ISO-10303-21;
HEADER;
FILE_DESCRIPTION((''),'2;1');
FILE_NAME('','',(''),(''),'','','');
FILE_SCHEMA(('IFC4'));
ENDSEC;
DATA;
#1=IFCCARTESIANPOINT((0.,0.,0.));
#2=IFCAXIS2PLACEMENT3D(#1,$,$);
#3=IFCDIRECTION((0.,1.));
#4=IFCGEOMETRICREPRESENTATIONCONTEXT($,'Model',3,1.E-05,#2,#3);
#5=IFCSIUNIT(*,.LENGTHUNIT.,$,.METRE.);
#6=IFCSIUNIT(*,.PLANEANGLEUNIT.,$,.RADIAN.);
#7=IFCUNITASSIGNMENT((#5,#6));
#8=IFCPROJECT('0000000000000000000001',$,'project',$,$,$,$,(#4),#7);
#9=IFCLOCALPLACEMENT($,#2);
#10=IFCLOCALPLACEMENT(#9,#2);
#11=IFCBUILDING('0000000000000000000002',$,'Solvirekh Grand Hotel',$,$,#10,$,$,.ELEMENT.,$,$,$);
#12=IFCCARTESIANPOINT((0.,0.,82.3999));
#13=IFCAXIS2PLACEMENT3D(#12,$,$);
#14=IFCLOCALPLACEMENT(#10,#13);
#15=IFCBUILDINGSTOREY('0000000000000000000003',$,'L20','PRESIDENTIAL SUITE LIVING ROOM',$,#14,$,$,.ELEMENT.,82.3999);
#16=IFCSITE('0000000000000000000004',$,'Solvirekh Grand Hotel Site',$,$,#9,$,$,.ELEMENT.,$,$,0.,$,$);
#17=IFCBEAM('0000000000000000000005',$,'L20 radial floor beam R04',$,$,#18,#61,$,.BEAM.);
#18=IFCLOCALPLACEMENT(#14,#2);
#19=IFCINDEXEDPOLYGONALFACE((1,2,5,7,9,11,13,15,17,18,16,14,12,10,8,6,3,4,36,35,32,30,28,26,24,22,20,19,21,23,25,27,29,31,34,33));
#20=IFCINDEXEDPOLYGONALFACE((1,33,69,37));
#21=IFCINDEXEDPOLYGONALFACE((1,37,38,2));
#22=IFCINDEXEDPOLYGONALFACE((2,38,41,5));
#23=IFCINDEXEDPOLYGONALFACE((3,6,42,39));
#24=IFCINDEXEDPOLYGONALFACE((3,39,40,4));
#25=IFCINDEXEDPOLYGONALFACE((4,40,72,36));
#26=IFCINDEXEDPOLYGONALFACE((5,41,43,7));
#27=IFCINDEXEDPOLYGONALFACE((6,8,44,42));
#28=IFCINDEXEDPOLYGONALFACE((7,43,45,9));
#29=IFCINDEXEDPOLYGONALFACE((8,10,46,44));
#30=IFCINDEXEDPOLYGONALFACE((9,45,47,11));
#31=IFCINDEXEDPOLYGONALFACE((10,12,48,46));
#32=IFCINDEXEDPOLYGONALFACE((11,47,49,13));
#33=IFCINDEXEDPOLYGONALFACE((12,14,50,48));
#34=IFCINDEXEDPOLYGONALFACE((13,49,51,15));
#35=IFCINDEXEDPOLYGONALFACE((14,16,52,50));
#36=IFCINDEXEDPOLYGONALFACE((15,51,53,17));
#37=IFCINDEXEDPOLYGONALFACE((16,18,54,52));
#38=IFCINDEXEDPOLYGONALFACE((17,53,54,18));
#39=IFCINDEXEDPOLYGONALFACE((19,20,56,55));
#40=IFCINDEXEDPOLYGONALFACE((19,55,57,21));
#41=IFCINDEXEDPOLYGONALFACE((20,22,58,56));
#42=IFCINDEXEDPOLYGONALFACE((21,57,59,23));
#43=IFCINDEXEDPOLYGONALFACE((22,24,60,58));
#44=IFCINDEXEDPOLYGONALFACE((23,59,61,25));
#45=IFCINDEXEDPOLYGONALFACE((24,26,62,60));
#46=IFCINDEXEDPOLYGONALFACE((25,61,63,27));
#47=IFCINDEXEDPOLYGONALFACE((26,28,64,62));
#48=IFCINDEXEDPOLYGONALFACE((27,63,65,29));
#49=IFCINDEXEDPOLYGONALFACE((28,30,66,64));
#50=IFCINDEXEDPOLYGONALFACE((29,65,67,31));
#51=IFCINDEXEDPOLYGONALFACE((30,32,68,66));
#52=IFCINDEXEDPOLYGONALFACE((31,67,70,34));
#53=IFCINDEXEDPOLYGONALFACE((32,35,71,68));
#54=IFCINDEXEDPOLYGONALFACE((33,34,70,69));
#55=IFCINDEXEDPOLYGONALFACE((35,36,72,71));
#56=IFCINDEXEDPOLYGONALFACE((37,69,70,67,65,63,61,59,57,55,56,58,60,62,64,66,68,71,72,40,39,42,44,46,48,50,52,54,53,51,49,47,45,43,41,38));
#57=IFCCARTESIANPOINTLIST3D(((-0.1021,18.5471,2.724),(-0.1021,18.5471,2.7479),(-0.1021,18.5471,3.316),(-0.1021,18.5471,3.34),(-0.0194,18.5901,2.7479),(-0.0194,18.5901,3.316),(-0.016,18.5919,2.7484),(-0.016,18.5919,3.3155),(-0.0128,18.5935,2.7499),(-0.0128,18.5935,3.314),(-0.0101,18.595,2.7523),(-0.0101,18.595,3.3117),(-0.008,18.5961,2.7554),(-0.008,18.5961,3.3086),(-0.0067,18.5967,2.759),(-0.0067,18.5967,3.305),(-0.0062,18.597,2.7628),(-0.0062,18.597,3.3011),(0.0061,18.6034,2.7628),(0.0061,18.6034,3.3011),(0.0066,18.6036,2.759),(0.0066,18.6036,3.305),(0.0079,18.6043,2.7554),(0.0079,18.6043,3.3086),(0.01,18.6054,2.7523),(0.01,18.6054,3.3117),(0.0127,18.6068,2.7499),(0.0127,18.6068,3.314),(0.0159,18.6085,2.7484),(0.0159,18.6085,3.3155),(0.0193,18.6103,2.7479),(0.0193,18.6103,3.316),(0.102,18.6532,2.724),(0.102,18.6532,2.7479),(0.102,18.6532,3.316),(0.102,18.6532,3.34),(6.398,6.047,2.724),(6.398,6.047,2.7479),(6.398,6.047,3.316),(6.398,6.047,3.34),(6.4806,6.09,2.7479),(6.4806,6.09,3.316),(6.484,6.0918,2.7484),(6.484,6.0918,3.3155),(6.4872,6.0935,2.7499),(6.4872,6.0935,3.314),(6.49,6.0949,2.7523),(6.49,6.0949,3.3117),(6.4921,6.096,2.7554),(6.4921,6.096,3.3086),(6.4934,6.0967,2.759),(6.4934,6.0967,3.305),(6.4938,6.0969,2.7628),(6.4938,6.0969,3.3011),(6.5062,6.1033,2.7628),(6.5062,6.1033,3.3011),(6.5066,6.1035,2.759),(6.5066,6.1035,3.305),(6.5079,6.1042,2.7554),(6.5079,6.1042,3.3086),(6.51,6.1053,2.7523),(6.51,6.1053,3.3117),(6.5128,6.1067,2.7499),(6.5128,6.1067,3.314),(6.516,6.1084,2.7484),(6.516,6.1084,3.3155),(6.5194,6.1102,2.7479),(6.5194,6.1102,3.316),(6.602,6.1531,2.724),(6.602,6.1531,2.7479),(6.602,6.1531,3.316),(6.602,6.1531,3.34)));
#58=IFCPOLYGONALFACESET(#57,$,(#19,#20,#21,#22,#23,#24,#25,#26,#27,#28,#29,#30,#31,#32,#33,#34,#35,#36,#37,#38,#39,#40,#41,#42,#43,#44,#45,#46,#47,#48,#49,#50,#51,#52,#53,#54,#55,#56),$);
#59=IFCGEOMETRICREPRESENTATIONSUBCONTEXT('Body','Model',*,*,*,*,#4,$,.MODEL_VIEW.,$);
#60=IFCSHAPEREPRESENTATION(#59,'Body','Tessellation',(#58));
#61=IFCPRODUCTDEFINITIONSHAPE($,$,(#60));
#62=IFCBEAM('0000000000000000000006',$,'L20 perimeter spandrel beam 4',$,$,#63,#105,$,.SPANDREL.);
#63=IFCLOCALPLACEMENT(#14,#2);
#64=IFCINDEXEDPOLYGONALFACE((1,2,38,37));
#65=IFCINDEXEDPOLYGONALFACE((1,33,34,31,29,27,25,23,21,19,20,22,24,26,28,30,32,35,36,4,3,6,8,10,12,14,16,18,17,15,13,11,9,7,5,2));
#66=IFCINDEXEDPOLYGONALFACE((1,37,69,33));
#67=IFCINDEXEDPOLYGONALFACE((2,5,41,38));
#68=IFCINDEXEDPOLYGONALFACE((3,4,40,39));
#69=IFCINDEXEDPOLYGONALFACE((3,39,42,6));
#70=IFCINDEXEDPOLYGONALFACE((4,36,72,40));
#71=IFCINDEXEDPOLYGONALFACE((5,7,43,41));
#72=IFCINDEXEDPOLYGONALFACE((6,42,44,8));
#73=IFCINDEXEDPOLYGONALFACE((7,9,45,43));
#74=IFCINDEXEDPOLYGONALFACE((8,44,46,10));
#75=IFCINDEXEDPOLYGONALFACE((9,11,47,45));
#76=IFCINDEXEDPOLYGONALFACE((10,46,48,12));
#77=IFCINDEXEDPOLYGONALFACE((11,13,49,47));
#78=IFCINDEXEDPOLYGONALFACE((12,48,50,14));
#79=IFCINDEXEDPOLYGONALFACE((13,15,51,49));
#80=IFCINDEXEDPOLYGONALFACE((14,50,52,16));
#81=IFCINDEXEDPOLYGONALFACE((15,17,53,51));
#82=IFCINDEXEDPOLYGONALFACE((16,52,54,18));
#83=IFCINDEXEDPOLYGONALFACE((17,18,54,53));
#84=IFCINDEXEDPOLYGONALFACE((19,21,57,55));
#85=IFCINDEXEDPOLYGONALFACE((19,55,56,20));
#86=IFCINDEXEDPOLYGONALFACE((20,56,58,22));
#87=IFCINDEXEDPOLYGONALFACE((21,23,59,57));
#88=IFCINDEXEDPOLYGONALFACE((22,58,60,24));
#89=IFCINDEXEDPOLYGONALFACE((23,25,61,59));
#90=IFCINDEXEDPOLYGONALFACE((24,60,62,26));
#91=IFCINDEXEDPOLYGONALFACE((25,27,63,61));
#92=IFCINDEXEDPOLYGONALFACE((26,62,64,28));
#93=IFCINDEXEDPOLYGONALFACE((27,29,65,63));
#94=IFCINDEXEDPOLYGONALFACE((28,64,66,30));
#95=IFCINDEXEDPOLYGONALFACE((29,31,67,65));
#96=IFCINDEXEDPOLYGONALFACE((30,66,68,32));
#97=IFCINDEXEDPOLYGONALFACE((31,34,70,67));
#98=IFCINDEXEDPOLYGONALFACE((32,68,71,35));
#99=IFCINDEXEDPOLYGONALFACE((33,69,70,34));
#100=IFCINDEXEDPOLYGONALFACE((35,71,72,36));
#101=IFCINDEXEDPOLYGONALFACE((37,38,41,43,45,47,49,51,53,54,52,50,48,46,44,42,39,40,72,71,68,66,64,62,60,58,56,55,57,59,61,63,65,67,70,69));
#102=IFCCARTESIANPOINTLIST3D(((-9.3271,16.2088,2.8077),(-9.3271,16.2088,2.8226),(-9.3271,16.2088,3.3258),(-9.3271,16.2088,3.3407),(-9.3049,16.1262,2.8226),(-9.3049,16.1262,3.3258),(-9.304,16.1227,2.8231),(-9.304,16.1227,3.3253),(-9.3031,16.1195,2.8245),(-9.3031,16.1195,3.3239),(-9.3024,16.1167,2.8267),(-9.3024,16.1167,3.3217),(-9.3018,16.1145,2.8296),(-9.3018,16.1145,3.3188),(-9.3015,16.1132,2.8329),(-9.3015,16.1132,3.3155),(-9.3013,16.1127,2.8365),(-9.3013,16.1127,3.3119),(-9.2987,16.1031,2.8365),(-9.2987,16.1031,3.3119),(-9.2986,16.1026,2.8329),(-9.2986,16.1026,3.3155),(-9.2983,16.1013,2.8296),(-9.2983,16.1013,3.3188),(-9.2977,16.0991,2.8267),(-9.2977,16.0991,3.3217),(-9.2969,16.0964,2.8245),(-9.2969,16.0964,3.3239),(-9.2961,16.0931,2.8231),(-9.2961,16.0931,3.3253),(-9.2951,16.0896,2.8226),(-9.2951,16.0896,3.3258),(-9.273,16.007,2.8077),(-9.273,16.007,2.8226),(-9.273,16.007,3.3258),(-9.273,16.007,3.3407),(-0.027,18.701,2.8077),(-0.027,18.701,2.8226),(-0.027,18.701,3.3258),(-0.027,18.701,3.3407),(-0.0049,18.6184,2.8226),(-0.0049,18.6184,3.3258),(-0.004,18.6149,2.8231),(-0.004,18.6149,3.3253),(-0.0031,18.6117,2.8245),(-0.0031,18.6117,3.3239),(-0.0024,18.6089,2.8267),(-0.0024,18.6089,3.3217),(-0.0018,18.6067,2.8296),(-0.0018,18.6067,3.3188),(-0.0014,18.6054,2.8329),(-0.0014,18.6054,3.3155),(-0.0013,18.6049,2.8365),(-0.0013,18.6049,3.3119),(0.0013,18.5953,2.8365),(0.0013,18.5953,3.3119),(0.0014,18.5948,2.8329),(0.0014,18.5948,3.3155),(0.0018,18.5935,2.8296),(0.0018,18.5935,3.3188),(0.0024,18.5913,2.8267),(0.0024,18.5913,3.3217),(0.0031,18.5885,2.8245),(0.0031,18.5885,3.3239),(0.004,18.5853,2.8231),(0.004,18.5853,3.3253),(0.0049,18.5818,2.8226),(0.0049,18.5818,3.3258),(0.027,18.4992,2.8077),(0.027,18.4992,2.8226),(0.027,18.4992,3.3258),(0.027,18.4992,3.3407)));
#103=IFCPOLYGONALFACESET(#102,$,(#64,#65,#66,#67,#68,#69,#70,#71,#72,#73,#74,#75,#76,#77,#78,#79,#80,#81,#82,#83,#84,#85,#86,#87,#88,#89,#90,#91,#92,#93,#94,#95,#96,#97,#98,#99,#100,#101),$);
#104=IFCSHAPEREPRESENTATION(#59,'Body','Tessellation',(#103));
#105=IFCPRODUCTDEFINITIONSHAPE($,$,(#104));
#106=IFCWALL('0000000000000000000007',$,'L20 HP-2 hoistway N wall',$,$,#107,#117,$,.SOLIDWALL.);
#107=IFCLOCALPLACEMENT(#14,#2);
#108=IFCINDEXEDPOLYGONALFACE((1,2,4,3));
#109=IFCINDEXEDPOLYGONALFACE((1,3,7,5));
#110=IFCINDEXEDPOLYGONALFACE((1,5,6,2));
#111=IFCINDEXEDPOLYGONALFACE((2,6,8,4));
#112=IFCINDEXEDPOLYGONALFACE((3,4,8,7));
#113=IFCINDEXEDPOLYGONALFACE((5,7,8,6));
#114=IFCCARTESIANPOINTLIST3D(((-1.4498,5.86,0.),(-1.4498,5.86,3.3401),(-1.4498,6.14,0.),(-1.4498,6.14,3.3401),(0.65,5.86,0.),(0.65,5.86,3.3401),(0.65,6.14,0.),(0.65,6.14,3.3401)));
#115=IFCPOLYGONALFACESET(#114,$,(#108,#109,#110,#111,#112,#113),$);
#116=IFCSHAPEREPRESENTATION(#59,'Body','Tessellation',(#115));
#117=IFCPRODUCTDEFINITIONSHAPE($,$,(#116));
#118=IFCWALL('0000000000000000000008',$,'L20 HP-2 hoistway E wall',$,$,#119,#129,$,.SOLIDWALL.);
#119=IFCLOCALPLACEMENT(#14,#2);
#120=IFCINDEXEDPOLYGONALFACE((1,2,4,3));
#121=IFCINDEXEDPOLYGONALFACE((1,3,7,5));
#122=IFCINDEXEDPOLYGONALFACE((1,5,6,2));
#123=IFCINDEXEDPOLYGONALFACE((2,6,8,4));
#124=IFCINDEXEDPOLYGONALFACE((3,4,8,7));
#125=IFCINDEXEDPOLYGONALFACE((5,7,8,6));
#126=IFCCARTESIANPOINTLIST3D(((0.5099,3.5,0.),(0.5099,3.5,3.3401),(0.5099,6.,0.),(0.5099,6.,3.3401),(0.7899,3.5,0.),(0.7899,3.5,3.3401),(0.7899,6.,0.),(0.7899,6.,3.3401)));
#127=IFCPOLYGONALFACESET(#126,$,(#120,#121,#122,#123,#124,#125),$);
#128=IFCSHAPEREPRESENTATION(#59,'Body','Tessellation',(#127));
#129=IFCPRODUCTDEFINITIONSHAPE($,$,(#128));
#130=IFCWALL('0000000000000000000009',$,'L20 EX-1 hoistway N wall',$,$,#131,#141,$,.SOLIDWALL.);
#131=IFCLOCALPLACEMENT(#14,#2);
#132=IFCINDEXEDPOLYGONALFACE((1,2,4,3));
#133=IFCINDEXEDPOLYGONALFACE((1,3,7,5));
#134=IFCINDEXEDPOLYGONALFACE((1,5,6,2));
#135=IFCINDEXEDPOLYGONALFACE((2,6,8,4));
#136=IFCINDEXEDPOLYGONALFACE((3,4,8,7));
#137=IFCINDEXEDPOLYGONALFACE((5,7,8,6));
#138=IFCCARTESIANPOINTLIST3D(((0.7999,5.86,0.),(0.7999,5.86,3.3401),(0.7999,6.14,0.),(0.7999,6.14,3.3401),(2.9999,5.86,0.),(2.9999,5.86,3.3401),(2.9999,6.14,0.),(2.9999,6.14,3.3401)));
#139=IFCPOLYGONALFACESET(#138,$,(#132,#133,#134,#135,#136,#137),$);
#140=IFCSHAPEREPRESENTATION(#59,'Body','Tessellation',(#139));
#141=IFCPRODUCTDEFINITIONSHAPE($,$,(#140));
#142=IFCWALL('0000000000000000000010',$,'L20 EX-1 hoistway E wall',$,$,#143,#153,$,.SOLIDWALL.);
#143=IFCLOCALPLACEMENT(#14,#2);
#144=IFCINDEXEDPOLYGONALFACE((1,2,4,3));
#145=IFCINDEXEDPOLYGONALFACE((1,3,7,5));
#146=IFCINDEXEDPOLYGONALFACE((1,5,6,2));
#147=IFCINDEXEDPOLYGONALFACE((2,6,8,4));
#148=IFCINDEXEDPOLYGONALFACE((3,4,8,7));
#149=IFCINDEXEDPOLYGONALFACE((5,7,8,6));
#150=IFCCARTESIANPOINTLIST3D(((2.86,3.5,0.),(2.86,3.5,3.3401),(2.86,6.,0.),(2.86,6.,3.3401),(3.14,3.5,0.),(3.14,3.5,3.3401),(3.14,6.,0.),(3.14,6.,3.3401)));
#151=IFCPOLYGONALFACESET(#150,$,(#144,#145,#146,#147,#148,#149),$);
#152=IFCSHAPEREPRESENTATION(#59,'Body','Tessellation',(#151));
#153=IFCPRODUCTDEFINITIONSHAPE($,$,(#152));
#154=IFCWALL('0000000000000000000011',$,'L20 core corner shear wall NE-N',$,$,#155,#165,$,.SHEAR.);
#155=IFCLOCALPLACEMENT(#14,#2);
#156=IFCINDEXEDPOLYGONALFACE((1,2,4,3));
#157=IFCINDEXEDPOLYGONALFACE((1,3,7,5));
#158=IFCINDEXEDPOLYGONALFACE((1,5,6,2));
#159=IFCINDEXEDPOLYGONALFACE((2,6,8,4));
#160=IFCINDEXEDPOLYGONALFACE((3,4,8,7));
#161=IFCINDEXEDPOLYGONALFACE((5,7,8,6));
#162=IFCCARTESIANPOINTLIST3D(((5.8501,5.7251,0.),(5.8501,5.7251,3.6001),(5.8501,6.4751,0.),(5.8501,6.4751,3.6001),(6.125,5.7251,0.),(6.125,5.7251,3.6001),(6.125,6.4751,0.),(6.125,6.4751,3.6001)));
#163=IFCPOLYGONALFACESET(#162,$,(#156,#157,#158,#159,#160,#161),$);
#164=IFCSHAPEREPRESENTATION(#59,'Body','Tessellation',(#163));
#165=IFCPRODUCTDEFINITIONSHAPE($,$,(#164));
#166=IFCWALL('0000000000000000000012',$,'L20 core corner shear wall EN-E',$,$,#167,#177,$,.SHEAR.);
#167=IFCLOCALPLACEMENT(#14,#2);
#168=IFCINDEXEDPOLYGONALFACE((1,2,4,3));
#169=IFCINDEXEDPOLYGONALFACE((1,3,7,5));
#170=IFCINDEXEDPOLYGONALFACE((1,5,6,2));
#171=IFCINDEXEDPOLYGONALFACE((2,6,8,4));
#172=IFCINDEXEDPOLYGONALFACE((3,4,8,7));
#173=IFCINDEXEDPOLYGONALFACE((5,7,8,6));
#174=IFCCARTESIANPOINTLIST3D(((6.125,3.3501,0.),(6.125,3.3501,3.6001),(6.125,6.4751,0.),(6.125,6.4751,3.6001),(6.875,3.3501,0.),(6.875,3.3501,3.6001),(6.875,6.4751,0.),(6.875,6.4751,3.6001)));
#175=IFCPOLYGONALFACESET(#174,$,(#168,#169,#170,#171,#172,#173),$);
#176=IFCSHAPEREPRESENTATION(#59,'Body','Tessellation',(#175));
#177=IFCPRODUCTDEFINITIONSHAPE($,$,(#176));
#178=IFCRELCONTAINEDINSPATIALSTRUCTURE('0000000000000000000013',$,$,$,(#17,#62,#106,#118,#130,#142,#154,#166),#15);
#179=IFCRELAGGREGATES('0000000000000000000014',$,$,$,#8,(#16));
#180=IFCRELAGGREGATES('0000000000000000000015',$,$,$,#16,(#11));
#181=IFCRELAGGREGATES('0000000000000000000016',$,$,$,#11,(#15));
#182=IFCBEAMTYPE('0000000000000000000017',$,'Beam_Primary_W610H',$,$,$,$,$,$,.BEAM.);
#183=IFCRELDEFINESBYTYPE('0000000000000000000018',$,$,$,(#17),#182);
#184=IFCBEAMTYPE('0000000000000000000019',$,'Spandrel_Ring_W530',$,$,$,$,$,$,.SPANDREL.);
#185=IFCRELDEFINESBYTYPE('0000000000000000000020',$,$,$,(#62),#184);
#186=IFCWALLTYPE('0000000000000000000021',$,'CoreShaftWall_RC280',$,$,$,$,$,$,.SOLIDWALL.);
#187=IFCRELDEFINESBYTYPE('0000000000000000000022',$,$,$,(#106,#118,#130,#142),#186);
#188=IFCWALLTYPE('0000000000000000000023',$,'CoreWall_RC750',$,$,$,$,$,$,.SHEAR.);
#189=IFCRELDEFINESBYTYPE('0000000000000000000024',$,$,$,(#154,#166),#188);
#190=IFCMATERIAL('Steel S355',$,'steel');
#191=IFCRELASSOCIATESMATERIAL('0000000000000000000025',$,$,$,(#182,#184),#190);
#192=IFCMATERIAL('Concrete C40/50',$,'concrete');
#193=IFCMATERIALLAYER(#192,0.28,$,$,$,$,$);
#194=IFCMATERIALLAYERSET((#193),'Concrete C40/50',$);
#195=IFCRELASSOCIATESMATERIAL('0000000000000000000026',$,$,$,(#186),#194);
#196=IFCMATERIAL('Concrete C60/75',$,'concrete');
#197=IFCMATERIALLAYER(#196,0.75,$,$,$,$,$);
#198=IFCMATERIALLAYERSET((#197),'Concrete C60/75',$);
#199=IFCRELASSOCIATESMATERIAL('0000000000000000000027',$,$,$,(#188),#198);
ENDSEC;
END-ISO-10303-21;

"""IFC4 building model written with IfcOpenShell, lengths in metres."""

from ifc_helpers import new_model, si_unit, direction, frame, frame_2d, origin, origin_2d, place, context, subcontext, project, spatial, rectangle, i_section, extrude, material, layer, layer_set, material_profile, profile_set, type_object, element, save


model = new_model("IFC4")

# Units and contexts
model_context = context("Model", 3, precision=1e-05, world=origin(), true_north=direction((0.0, 1.0)))
body_context = subcontext(model_context, "Body", "Model", "MODEL_VIEW")
ifc_project = project(units=[si_unit("LENGTHUNIT", "METRE"), si_unit("PLANEANGLEUNIT", "RADIAN")], contexts=[model_context])

# Site, building, storey
site_placement = place(None, origin())
site = spatial("IfcSite", under=ifc_project, at=site_placement, Name="Solvirekh Grand Hotel Site", CompositionType="ELEMENT", RefElevation=0.0)
building_placement = place(site_placement, origin())
building = spatial("IfcBuilding", under=site, at=building_placement, Name="Solvirekh Grand Hotel", CompositionType="ELEMENT")
storey_placement = place(building_placement, frame((0.0, 0.0, 82.3999)))
storey = spatial("IfcBuildingStorey", under=building, at=storey_placement, Name="L20", Description="PRESIDENTIAL SUITE LIVING ROOM", CompositionType="ELEMENT", Elevation=82.3999)

# Shared definitions
ifc_material_1 = material(Name="Concrete C60/75", Category="concrete")

# Beams
ifc_material_2 = material(Name="Steel S355", Category="steel")
ifc_material_profile_1 = material_profile(ifc_material_2, i_section(OverallWidth=0.23, OverallDepth=0.616, WebThickness=0.0139, FlangeThickness=0.0239, FilletRadius=0.0149, at=origin_2d()), Name="W610X174")
ifc_profile_set_1 = profile_set([ifc_material_profile_1], Name="Steel S355")
beam_type_1 = type_object("IfcBeamType", Name="Beam_Primary_W610H", PredefinedType="BEAM", material=ifc_profile_set_1)
beam_1_placement = place(storey_placement, frame((6.5, 6.1001, 3.032), z_axis=(-0.461353, 0.887217, 0.0), x_axis=(-0.887217, -0.461353, 0.0)))
element("IfcBeam", 1, at=beam_1_placement, inside=storey, type_object=beam_type_1, Name="L20 radial floor beam R04", PredefinedType="BEAM", context=body_context, shape_type="SweptSolid", body=[
    extrude(i_section(OverallWidth=0.23, OverallDepth=0.616, WebThickness=0.0139, FlangeThickness=0.0239, FilletRadius=0.0149, at=origin_2d()), origin(), (0.0, 0.0, 1.0), 14.0891),
])
ifc_material_profile_2 = material_profile(ifc_material_2, i_section(OverallWidth=0.209, OverallDepth=0.533, WebThickness=0.01, FlangeThickness=0.0149, FilletRadius=0.0139, at=origin_2d()), Name="W530X92")
ifc_profile_set_2 = profile_set([ifc_material_profile_2], Name="Steel S355")
beam_type_2 = type_object("IfcBeamType", Name="Spandrel_Ring_W530", PredefinedType="SPANDREL", material=ifc_profile_set_2)
beam_2_placement = place(storey_placement, frame((0.0, 18.6001, 3.0742), z_axis=(-0.965919, -0.258843, 0.0), x_axis=(0.258843, -0.965919, 0.0)))
element("IfcBeam", 2, at=beam_2_placement, inside=storey, type_object=beam_type_2, Name="L20 perimeter spandrel beam 4", PredefinedType="SPANDREL", context=body_context, shape_type="SweptSolid", body=[
    extrude(i_section(OverallWidth=0.209, OverallDepth=0.533, WebThickness=0.01, FlangeThickness=0.0149, FilletRadius=0.0139, at=origin_2d()), origin(), (0.0, 0.0, 1.0), 9.6282),
])

# Walls
ifc_material_3 = material(Name="Concrete C40/50", Category="concrete")
ifc_layer_1 = layer(ifc_material_3, 0.28)
ifc_layer_set_1 = layer_set([ifc_layer_1], Name="Concrete C40/50")
wall_type_1 = type_object("IfcWallType", Name="CoreShaftWall_RC280", PredefinedType="SOLIDWALL", material=ifc_layer_set_1)
wall_1_placement = place(storey_placement, frame((0.6499, 6.0, 0.0), z_axis=(0.0, 0.0, 1.0), x_axis=(-1.0, 0.0, 0.0)))
element("IfcWall", 3, at=wall_1_placement, inside=storey, type_object=wall_type_1, Name="L20 HP-2 hoistway N wall", PredefinedType="SOLIDWALL", context=body_context, shape_type="SweptSolid", body=[
    extrude(rectangle(XDim=2.0999, YDim=0.28, at=frame_2d((1.0498, 0.0))), origin(), (0.0, 0.0, 1.0), 3.3401),
])
wall_2_placement = place(storey_placement, frame((0.6499, 3.5, 0.0), z_axis=(0.0, 0.0, 1.0), x_axis=(0.0, 1.0, 0.0)))
element("IfcWall", 4, at=wall_2_placement, inside=storey, type_object=wall_type_1, Name="L20 HP-2 hoistway E wall", PredefinedType="SOLIDWALL", context=body_context, shape_type="SweptSolid", body=[
    extrude(rectangle(XDim=2.5, YDim=0.28, at=frame_2d((1.25, 0.0))), origin(), (0.0, 0.0, 1.0), 3.3401),
])
wall_3_placement = place(storey_placement, frame((3.0, 6.0, 0.0), z_axis=(0.0, 0.0, 1.0), x_axis=(-1.0, 0.0, 0.0)))
element("IfcWall", 5, at=wall_3_placement, inside=storey, type_object=wall_type_1, Name="L20 EX-1 hoistway N wall", PredefinedType="SOLIDWALL", context=body_context, shape_type="SweptSolid", body=[
    extrude(rectangle(XDim=2.2, YDim=0.28, at=frame_2d((1.1001, 0.0))), origin(), (0.0, 0.0, 1.0), 3.3401),
])
wall_4_placement = place(storey_placement, frame((3.0, 3.5, 0.0), z_axis=(0.0, 0.0, 1.0), x_axis=(0.0, 1.0, 0.0)))
element("IfcWall", 6, at=wall_4_placement, inside=storey, type_object=wall_type_1, Name="L20 EX-1 hoistway E wall", PredefinedType="SOLIDWALL", context=body_context, shape_type="SweptSolid", body=[
    extrude(rectangle(XDim=2.5, YDim=0.28, at=frame_2d((1.25, 0.0))), origin(), (0.0, 0.0, 1.0), 3.3401),
])
ifc_layer_2 = layer(ifc_material_1, 0.75)
ifc_layer_set_2 = layer_set([ifc_layer_2], Name="Concrete C60/75")
wall_type_2 = type_object("IfcWallType", Name="CoreWall_RC750", PredefinedType="SHEAR", material=ifc_layer_set_2)
wall_5_placement = place(storey_placement, frame((5.8501, 6.1001, 0.0), z_axis=(0.0, 0.0, 1.0), x_axis=(1.0, 0.0, 0.0)))
element("IfcWall", 7, at=wall_5_placement, inside=storey, type_object=wall_type_2, Name="L20 core corner shear wall NE-N", PredefinedType="SHEAR", context=body_context, shape_type="SweptSolid", body=[
    extrude(rectangle(XDim=0.2749, YDim=0.75, at=frame_2d((0.1375, 0.0))), origin(), (0.0, 0.0, 1.0), 3.6001),
])
wall_6_placement = place(storey_placement, frame((6.5, 3.3501, 0.0), z_axis=(0.0, 0.0, 1.0), x_axis=(0.0, 1.0, 0.0)))
element("IfcWall", 8, at=wall_6_placement, inside=storey, type_object=wall_type_2, Name="L20 core corner shear wall EN-E", PredefinedType="SHEAR", context=body_context, shape_type="SweptSolid", body=[
    extrude(rectangle(XDim=3.125, YDim=0.75, at=frame_2d((1.5625, 0.0))), origin(), (0.0, 0.0, 1.0), 3.6001),
])

save(model, "model.ifc")
